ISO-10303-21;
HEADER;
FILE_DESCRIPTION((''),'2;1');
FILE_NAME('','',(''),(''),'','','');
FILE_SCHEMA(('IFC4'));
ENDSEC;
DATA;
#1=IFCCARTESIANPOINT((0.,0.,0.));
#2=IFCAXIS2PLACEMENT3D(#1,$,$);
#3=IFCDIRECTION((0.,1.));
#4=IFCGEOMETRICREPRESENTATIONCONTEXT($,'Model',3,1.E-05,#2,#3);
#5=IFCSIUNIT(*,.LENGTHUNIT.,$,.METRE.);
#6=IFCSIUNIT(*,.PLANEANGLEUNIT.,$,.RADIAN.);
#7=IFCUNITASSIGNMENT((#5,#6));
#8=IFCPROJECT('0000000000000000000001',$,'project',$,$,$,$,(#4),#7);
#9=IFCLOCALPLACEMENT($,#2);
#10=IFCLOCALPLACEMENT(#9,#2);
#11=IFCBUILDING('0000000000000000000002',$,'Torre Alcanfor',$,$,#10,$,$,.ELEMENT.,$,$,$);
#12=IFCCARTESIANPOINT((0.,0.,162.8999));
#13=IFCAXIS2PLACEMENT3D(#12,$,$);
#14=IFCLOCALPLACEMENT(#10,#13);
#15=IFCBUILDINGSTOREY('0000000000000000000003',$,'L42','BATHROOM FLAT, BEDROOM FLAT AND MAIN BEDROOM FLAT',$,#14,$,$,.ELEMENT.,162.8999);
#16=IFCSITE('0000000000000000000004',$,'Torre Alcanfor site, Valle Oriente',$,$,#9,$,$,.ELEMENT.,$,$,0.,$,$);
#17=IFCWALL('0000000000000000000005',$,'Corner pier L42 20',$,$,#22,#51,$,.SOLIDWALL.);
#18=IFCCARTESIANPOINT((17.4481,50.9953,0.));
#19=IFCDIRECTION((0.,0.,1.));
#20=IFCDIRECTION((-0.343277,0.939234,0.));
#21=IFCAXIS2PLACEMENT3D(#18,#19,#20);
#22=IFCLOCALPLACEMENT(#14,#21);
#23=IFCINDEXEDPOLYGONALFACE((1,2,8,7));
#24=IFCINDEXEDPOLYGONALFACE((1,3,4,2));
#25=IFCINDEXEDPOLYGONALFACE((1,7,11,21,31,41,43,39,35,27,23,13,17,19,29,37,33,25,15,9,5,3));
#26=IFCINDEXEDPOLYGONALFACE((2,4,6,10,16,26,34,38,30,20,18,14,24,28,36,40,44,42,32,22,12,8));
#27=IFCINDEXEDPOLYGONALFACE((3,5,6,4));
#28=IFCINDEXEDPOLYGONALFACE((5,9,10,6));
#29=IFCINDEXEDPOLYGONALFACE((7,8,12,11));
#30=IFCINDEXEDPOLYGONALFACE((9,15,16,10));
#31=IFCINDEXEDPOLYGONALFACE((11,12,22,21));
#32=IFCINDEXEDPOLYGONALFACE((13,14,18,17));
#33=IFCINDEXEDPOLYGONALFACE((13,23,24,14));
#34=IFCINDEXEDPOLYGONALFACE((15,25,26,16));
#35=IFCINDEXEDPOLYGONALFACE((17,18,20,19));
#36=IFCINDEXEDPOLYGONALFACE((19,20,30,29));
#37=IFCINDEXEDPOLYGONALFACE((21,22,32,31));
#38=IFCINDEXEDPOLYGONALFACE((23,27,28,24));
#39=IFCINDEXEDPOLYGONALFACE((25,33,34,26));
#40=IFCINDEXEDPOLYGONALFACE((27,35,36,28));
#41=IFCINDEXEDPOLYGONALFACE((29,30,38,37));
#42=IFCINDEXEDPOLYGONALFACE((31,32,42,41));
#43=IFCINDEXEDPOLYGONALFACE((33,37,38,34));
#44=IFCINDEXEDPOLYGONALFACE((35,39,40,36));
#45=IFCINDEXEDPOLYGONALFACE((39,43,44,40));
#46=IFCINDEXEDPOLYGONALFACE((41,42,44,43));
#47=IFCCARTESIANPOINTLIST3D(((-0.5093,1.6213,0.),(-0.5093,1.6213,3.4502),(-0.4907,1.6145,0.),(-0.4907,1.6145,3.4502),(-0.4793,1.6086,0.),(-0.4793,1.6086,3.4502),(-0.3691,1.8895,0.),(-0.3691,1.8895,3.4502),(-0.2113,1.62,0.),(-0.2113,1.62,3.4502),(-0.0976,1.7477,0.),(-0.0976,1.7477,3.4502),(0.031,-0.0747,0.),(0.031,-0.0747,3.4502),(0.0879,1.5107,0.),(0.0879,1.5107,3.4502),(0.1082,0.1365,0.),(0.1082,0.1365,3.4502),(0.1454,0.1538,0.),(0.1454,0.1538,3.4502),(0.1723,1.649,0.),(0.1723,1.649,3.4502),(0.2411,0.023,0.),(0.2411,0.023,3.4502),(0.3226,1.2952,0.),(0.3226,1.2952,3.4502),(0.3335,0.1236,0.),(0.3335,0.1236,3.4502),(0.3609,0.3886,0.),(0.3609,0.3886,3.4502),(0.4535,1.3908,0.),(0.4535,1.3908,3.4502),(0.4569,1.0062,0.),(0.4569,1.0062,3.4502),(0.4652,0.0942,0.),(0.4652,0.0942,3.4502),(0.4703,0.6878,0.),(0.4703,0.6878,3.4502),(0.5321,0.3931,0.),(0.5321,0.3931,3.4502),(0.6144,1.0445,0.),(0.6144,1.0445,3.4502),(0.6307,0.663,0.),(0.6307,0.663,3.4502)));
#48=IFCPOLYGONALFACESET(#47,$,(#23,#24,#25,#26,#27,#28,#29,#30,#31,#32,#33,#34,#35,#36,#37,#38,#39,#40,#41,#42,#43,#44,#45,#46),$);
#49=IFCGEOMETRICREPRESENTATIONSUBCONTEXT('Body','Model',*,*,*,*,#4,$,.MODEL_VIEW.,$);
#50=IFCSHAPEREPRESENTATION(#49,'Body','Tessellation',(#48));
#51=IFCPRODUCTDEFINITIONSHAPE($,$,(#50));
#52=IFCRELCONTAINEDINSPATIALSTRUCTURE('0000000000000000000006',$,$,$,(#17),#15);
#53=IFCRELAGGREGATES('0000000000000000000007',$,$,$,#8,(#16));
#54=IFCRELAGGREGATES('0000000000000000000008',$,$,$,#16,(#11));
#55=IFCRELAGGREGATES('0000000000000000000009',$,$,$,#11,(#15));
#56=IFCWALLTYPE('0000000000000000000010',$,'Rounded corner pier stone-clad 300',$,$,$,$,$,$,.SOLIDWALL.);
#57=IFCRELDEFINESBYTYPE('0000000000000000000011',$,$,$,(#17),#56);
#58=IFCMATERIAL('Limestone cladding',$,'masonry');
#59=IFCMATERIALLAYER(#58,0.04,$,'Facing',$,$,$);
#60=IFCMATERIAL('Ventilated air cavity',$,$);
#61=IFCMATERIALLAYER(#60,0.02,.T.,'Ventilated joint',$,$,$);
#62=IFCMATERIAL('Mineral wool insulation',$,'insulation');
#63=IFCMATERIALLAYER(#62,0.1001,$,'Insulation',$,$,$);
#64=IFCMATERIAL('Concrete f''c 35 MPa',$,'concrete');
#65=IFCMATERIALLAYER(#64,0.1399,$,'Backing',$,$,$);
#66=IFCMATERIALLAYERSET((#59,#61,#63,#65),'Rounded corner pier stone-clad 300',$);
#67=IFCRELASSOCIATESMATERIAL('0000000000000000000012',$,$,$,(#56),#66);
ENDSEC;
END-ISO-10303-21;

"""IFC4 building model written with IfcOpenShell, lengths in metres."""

from ifc_helpers import new_model, si_unit, direction, frame, origin, place, context, subcontext, project, spatial, polyline, outline, extrude, material, layer, layer_set, type_object, element, save


model = new_model("IFC4")

# Units and contexts
model_context = context("Model", 3, precision=1e-05, world=origin(), true_north=direction((0.0, 1.0)))
body_context = subcontext(model_context, "Body", "Model", "MODEL_VIEW")
ifc_project = project(units=[si_unit("LENGTHUNIT", "METRE"), si_unit("PLANEANGLEUNIT", "RADIAN")], contexts=[model_context])

# Site, building, storey
site_placement = place(None, origin())
site = spatial("IfcSite", under=ifc_project, at=site_placement, Name="Torre Alcanfor site, Valle Oriente", CompositionType="ELEMENT", RefElevation=0.0)
building_placement = place(site_placement, origin())
building = spatial("IfcBuilding", under=site, at=building_placement, Name="Torre Alcanfor", CompositionType="ELEMENT")
storey_placement = place(building_placement, frame((0.0, 0.0, 162.8999)))
storey = spatial("IfcBuildingStorey", under=building, at=storey_placement, Name="L42", Description="BATHROOM FLAT, BEDROOM FLAT AND MAIN BEDROOM FLAT", CompositionType="ELEMENT", Elevation=162.8999)

# Shared definitions
ifc_material_1 = material(Name="Limestone cladding", Category="masonry")
ifc_material_2 = material(Name="Ventilated air cavity")
ifc_material_3 = material(Name="Mineral wool insulation", Category="insulation")
ifc_material_4 = material(Name="Concrete f'c 35 MPa", Category="concrete")

# Wall
ifc_layer_1 = layer(ifc_material_1, 0.04, Name="Facing")
ifc_layer_2 = layer(ifc_material_2, 0.02, ventilated=True, Name="Ventilated joint")
ifc_layer_3 = layer(ifc_material_3, 0.1001, Name="Insulation")
ifc_layer_4 = layer(ifc_material_4, 0.1399, Name="Backing")
ifc_layer_set_1 = layer_set([ifc_layer_1, ifc_layer_2, ifc_layer_3, ifc_layer_4], Name="Rounded corner pier stone-clad 300")
wall_type_1 = type_object("IfcWallType", Name="Rounded corner pier stone-clad 300", PredefinedType="SOLIDWALL", material=ifc_layer_set_1)
wall_1_placement = place(storey_placement, frame((17.4481, 50.9953, 0.0), z_axis=(0.0, 0.0, 1.0), x_axis=(-0.343277, 0.939234, 0.0)))
element("IfcWall", 1, at=wall_1_placement, inside=storey, type_object=wall_type_1, Name="Corner pier L42 20", PredefinedType="SOLIDWALL", context=body_context, shape_type="SweptSolid", body=[
    extrude(outline(polyline([(0.2411, 0.023), (0.3335, 0.1236), (0.4652, 0.0942), (0.5321, 0.3931), (0.6307, 0.663), (0.6144, 1.0445), (0.4535, 1.3908), (0.1723, 1.649), (-0.0976, 1.7477), (-0.3691, 1.8895), (-0.5093, 1.6213), (-0.4907, 1.6145), (-0.4793, 1.6086), (-0.2113, 1.62), (0.0879, 1.5107), (0.3226, 1.2952), (0.4569, 1.0062), (0.4703, 0.6878), (0.3609, 0.3886), (0.1454, 0.1538), (0.1082, 0.1365), (0.031, -0.0747), (0.2411, 0.023)])), origin(), (0.0, 0.0, 1.0), 3.4502),
])

save(model, "model.ifc")
